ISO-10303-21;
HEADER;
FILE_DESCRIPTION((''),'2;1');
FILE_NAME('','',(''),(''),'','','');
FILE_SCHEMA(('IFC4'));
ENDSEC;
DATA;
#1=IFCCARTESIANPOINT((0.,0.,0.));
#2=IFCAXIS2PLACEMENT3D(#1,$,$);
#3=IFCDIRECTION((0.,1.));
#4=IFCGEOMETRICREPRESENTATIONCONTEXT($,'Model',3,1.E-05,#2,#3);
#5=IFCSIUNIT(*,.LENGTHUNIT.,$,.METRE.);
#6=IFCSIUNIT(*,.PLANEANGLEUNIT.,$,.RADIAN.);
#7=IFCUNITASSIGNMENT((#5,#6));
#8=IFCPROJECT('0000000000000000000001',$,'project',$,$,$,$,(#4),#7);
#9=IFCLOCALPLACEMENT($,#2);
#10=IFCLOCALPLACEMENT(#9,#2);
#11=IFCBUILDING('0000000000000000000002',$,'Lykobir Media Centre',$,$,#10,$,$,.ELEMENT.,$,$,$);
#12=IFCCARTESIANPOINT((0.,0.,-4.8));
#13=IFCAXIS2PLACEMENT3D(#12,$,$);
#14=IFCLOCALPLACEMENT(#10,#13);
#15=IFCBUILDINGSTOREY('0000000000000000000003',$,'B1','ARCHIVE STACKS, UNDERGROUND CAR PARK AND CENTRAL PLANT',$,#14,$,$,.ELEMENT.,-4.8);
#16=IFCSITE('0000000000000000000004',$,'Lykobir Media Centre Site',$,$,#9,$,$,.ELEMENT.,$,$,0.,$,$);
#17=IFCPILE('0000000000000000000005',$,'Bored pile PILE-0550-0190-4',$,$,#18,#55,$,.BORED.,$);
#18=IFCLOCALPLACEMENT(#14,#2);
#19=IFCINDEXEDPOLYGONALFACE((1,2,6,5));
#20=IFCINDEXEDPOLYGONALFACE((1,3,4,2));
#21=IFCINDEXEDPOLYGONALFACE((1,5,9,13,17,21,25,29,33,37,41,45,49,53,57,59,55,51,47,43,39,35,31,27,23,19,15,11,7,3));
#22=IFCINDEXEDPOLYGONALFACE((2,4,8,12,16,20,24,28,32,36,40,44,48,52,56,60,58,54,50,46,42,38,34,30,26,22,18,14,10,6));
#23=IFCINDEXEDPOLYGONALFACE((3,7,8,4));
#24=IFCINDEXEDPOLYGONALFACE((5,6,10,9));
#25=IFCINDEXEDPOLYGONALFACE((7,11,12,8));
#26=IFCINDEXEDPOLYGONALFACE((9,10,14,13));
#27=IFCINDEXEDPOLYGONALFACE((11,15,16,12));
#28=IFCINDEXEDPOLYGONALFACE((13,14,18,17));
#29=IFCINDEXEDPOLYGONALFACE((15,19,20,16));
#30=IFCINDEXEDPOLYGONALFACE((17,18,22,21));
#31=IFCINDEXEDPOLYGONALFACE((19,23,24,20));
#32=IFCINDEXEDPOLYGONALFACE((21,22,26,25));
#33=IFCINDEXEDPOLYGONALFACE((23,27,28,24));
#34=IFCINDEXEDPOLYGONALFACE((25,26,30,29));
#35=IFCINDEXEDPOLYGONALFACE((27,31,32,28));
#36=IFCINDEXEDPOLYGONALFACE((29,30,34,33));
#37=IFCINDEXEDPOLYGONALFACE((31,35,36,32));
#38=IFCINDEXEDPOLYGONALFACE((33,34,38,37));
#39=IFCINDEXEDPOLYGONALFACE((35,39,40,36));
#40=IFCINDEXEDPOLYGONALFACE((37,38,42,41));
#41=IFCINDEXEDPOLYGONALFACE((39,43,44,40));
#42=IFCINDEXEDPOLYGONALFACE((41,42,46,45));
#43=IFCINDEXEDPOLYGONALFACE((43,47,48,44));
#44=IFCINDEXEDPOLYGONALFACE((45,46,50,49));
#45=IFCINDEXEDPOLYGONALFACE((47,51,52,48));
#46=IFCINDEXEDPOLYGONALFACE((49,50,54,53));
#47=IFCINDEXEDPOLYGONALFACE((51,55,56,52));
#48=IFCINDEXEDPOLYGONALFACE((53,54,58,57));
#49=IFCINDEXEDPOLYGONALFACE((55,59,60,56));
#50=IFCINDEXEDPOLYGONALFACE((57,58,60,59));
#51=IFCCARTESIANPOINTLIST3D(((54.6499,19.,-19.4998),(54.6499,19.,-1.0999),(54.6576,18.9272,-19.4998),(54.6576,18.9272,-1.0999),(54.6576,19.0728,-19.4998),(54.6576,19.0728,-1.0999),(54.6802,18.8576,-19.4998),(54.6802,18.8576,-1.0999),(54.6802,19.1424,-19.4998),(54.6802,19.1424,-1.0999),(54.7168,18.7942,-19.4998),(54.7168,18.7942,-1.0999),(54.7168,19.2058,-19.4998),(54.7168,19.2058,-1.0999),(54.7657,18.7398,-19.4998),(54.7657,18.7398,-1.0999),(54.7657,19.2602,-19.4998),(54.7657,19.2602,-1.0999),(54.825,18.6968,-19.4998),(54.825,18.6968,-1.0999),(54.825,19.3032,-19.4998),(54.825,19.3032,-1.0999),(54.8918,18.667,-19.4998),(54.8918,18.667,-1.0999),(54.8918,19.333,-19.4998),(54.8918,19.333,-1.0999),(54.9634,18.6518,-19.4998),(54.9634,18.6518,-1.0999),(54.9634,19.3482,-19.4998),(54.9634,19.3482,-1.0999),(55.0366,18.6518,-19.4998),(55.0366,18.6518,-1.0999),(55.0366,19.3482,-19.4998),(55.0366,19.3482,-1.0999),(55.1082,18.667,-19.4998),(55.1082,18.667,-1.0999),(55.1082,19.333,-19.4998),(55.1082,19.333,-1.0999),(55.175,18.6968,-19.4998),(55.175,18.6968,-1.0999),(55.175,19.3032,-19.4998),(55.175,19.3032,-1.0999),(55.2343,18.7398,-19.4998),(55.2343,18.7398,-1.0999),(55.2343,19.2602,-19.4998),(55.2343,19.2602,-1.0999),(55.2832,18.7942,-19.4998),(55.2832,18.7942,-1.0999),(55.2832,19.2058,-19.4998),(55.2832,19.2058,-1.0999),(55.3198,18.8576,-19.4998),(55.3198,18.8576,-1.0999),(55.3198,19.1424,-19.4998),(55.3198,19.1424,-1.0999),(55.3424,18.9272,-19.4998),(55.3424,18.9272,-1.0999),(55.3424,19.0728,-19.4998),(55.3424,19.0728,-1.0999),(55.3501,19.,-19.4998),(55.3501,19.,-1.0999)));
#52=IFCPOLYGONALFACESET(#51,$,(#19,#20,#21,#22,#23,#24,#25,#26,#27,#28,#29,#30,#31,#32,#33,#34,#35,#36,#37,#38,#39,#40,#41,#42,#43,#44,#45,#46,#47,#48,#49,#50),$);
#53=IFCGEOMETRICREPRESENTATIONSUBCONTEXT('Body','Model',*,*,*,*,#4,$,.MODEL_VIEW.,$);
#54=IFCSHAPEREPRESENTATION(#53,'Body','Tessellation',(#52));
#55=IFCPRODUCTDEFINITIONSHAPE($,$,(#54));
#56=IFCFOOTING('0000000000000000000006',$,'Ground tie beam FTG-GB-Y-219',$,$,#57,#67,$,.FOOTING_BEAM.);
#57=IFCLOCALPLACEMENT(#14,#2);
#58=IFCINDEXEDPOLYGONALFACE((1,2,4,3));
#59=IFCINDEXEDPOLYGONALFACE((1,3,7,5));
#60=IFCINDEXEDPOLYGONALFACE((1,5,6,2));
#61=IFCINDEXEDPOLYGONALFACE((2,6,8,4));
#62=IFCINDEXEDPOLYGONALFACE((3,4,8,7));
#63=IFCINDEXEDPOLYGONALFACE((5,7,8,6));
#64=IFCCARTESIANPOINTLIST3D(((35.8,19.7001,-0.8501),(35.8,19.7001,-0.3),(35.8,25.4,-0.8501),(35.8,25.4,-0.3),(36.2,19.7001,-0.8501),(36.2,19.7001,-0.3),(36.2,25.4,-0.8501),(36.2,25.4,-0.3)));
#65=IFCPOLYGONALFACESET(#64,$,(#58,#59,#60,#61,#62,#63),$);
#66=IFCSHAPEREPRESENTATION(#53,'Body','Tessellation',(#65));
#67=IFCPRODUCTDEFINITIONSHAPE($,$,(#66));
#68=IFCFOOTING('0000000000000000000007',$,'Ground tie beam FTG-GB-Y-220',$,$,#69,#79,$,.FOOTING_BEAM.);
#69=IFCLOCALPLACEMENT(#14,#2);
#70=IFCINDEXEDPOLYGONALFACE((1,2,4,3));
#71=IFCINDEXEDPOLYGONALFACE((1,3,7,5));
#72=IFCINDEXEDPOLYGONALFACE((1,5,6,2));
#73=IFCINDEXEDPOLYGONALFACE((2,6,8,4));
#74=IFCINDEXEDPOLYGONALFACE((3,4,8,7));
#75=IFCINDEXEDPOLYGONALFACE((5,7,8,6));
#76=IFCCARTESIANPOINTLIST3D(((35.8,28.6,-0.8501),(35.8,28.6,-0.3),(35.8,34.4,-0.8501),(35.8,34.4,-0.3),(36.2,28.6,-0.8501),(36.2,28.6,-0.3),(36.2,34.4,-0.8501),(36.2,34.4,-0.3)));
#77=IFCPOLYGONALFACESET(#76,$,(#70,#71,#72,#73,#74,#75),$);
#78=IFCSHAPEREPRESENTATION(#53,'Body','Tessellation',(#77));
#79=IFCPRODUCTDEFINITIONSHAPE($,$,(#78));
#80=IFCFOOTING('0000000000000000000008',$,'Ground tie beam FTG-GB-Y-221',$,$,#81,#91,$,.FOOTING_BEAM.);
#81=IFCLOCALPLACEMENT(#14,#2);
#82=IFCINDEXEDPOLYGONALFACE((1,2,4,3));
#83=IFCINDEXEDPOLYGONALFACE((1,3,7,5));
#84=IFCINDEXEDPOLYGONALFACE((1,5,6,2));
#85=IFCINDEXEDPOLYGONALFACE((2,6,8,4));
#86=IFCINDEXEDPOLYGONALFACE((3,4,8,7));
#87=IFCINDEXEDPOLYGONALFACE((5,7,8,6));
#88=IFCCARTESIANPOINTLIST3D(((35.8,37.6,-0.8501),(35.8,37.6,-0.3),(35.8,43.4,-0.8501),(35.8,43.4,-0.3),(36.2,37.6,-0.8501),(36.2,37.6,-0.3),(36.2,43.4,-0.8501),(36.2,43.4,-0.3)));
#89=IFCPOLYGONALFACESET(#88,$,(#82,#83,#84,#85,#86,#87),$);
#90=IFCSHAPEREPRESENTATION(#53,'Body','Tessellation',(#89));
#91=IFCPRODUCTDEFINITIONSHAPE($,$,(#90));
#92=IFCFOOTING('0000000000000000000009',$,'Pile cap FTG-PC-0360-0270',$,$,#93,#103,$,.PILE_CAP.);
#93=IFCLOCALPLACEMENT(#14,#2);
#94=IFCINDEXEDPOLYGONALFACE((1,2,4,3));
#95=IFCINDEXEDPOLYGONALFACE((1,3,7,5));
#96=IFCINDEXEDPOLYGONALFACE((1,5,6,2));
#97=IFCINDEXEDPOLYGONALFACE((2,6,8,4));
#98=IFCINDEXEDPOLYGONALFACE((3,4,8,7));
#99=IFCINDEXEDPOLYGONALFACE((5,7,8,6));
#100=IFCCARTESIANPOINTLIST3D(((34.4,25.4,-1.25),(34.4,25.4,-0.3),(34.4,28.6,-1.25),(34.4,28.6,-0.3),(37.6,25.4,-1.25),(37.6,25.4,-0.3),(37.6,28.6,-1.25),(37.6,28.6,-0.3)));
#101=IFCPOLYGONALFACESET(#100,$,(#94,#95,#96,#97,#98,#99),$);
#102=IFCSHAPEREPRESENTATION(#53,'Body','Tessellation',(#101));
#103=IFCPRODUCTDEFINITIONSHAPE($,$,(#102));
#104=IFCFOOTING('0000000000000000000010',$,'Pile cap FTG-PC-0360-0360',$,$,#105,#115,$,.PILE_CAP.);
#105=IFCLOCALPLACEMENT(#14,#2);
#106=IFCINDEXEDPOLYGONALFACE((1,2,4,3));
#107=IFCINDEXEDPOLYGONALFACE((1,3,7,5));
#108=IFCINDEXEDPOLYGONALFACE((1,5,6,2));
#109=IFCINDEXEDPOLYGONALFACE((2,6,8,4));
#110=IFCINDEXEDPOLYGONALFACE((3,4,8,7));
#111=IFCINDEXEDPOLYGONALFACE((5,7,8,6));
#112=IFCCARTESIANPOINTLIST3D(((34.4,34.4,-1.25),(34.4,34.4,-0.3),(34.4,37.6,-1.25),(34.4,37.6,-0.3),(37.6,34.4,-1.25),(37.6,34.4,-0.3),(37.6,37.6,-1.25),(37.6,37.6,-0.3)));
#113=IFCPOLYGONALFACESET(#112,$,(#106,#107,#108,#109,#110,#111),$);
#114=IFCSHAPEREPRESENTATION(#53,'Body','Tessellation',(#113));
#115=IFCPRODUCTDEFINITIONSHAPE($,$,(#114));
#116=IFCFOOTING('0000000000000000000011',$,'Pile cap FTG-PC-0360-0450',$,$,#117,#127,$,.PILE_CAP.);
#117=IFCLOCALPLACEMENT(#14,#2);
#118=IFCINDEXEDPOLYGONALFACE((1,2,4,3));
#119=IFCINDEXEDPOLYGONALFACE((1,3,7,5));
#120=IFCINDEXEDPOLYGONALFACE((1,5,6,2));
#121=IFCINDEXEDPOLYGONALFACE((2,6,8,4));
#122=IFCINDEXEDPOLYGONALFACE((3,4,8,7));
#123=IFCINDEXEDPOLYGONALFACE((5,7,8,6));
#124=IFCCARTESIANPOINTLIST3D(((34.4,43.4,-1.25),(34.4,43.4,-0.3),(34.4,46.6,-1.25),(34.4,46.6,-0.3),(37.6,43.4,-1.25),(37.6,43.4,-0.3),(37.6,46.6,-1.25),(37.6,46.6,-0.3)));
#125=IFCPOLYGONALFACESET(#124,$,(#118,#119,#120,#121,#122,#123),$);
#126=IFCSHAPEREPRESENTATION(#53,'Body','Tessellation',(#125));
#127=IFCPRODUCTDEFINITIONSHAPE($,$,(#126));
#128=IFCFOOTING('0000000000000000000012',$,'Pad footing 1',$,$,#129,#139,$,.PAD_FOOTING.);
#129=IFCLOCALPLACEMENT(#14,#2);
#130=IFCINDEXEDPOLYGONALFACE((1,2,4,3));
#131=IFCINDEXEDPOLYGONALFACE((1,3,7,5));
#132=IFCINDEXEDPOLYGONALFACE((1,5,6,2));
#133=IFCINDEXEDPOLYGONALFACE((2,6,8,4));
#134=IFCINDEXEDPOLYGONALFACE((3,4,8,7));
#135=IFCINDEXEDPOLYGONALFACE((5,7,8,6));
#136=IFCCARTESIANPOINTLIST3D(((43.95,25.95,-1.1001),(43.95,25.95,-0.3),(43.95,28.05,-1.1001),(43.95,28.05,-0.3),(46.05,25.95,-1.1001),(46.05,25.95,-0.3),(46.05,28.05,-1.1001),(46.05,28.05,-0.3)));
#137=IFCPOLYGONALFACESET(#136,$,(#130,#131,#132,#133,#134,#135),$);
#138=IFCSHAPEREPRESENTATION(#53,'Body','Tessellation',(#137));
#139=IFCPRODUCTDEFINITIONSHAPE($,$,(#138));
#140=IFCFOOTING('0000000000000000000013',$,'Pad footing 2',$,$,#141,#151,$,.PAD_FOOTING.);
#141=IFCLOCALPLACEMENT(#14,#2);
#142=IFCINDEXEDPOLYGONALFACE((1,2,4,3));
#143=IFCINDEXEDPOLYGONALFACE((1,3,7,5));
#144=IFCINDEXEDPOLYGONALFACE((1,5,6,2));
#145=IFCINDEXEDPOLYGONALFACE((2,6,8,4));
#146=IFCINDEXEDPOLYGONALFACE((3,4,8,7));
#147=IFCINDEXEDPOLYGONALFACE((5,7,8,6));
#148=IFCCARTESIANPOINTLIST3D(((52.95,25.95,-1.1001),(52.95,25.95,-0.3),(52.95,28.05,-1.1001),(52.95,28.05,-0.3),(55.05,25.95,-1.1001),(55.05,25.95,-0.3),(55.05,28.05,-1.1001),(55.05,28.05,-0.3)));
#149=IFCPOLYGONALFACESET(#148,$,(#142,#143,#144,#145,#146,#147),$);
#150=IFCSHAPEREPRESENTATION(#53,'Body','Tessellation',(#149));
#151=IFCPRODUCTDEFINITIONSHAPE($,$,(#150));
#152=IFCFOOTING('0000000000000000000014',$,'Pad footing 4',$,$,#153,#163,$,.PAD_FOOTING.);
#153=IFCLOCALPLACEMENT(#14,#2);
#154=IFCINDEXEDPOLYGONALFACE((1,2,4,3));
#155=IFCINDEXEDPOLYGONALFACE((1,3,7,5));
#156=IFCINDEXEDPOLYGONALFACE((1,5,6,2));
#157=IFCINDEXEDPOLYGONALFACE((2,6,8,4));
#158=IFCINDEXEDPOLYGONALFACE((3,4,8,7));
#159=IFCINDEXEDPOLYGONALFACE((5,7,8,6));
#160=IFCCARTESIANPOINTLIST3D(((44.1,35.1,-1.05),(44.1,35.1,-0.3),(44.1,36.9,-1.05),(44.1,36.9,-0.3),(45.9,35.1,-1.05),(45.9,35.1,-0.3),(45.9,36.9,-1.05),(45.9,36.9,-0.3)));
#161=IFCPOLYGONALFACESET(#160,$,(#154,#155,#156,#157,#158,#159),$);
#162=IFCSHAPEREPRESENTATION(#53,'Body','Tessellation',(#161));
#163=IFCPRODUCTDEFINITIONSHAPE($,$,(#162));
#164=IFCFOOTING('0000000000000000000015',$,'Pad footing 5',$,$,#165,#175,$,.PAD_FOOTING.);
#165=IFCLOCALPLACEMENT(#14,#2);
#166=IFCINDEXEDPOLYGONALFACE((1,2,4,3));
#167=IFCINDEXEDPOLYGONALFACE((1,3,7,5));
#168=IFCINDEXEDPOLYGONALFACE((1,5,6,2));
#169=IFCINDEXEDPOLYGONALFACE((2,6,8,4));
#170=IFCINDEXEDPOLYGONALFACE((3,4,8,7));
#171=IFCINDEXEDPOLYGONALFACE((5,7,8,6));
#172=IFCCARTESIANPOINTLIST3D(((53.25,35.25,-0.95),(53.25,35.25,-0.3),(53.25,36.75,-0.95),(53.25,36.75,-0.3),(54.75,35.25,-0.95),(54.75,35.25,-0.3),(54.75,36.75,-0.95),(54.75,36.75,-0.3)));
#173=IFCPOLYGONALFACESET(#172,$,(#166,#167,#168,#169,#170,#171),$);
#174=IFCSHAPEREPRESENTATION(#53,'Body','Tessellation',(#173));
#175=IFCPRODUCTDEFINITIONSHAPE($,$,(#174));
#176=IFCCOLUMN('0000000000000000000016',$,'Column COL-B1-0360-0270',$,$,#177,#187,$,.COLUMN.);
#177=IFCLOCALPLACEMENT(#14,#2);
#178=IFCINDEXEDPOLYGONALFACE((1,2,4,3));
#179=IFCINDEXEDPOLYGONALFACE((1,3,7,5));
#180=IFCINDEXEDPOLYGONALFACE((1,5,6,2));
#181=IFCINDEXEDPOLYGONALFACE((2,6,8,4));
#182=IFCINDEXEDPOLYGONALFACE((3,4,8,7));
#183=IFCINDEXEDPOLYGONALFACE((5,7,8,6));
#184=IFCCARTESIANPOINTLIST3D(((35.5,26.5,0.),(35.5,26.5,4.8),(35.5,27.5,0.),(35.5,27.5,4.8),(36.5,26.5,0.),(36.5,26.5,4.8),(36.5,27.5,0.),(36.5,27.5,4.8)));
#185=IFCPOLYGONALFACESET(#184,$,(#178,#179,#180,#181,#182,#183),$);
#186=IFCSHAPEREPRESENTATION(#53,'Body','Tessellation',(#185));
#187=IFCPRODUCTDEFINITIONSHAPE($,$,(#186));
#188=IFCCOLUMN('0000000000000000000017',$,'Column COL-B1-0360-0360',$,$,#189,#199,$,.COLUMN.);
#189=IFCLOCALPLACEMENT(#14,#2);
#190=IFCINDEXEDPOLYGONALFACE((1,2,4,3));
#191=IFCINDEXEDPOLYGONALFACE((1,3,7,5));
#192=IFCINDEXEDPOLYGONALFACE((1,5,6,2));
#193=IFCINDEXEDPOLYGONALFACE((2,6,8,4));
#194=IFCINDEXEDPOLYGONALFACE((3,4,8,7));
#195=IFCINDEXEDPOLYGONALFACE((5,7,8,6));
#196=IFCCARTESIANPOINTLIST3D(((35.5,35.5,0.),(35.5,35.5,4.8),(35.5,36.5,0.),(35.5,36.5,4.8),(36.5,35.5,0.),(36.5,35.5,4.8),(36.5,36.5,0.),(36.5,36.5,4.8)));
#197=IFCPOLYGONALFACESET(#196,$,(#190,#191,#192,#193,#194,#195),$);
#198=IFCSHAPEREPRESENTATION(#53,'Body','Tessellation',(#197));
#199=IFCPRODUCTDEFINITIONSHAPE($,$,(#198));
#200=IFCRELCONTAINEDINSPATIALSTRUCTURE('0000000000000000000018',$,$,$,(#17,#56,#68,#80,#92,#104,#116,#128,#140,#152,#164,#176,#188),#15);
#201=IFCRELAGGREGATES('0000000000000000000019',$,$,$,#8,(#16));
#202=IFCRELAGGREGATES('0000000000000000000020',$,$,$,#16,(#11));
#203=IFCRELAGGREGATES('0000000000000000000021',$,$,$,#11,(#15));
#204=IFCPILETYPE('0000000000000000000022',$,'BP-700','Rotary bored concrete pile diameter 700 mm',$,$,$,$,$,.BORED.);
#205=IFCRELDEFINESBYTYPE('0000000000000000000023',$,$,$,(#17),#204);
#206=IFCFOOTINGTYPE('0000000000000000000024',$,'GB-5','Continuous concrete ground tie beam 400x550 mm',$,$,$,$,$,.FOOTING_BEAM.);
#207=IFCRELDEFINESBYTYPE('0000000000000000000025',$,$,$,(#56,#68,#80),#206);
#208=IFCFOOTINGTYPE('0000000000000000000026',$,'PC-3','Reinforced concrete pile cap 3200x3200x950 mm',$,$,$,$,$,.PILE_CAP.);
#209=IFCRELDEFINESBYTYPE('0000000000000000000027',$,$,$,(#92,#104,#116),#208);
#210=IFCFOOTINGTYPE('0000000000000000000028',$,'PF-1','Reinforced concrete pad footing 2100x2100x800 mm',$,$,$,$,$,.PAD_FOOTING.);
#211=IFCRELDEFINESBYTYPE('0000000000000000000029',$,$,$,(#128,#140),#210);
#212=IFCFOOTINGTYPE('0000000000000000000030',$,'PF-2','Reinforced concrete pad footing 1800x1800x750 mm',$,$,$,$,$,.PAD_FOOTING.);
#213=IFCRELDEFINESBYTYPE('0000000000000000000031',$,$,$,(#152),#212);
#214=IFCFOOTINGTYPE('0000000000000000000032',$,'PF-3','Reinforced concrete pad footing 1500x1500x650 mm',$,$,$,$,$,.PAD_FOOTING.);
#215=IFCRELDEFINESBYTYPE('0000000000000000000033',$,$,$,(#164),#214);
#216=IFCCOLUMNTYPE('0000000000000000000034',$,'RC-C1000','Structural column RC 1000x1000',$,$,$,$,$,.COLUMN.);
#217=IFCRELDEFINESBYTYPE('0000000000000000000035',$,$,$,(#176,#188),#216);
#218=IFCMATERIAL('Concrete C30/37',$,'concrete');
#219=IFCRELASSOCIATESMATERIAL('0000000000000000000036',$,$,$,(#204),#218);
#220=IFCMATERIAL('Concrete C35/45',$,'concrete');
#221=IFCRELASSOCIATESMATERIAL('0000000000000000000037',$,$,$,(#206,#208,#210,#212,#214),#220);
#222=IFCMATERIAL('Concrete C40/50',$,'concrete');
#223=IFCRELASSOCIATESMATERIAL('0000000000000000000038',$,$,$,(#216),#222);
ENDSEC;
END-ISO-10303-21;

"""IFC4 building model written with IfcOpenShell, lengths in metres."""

from ifc_helpers import new_model, si_unit, direction, frame, origin, origin_2d, place, context, subcontext, project, spatial, rectangle, circle, extrude, material, material_profile, profile_set, type_object, element, save


model = new_model("IFC4")

# Units and contexts
model_context = context("Model", 3, precision=1e-05, world=origin(), true_north=direction((0.0, 1.0)))
body_context = subcontext(model_context, "Body", "Model", "MODEL_VIEW")
ifc_project = project(units=[si_unit("LENGTHUNIT", "METRE"), si_unit("PLANEANGLEUNIT", "RADIAN")], contexts=[model_context])

# Site, building, storey
site_placement = place(None, origin())
site = spatial("IfcSite", under=ifc_project, at=site_placement, Name="Lykobir Media Centre Site", CompositionType="ELEMENT", RefElevation=0.0)
building_placement = place(site_placement, origin())
building = spatial("IfcBuilding", under=site, at=building_placement, Name="Lykobir Media Centre", CompositionType="ELEMENT")
storey_placement = place(building_placement, frame((0.0, 0.0, -4.8)))
storey = spatial("IfcBuildingStorey", under=building, at=storey_placement, Name="B1", Description="ARCHIVE STACKS, UNDERGROUND CAR PARK AND CENTRAL PLANT", CompositionType="ELEMENT", Elevation=-4.8)

# Pile
ifc_material_1 = material(Name="Concrete C30/37", Category="concrete")
ifc_material_profile_1 = material_profile(ifc_material_1, circle(Radius=0.3501, at=origin_2d()), Name="BORED PILE D700")
ifc_profile_set_1 = profile_set([ifc_material_profile_1], Name="Concrete C30/37")
pile_type_1 = type_object("IfcPileType", Name="BP-700", Description="Rotary bored concrete pile diameter 700 mm", PredefinedType="BORED", material=ifc_profile_set_1)
for number, where, z_axis, x_axis, name in (
    (1, (55.0, 19.0, -1.0999), (0.0, 0.0, -1.0), (1.0, 0.0, 0.0), "Bored pile PILE-0550-0190-4"),
):
    element("IfcPile", number, at=place(storey_placement, frame(where, z_axis=z_axis, x_axis=x_axis)), inside=storey, type_object=pile_type_1, Name=name, PredefinedType="BORED", context=body_context, shape_type="SweptSolid", body=[
        extrude(circle(Radius=0.3501, at=origin_2d()), origin(), (0.0, 0.0, 1.0), 18.3999),
    ])

# Footings
ifc_material_2 = material(Name="Concrete C35/45", Category="concrete")
footing_type_1 = type_object("IfcFootingType", Name="GB-5", Description="Continuous concrete ground tie beam 400x550 mm", PredefinedType="FOOTING_BEAM", material=ifc_material_2)
footing_1_placement = place(storey_placement, frame((36.0, 22.55, -0.8501), z_axis=(0.0, 0.0, 1.0), x_axis=(0.0, 1.0, 0.0)))
element("IfcFooting", 2, at=footing_1_placement, inside=storey, type_object=footing_type_1, Name="Ground tie beam FTG-GB-Y-219", PredefinedType="FOOTING_BEAM", context=body_context, shape_type="SweptSolid", body=[
    extrude(rectangle(XDim=5.7, YDim=0.3999, at=origin_2d()), origin(), (0.0, 0.0, 1.0), 0.55),
])
for number, where, z_axis, x_axis, name in (
    (3, (36.0, 31.5, -0.8501), (0.0, 0.0, 1.0), (0.0, 1.0, 0.0), "Ground tie beam FTG-GB-Y-220"),
    (4, (36.0, 40.5, -0.8501), (0.0, 0.0, 1.0), (0.0, 1.0, 0.0), "Ground tie beam FTG-GB-Y-221"),
):
    element("IfcFooting", number, at=place(storey_placement, frame(where, z_axis=z_axis, x_axis=x_axis)), inside=storey, type_object=footing_type_1, Name=name, PredefinedType="FOOTING_BEAM", context=body_context, shape_type="SweptSolid", body=[
        extrude(rectangle(XDim=5.8, YDim=0.3999, at=origin_2d()), origin(), (0.0, 0.0, 1.0), 0.55),
    ])
footing_type_2 = type_object("IfcFootingType", Name="PC-3", Description="Reinforced concrete pile cap 3200x3200x950 mm", PredefinedType="PILE_CAP", material=ifc_material_2)
for number, where, z_axis, x_axis, name in (
    (5, (36.0, 27.0, -1.25), (0.0, 0.0, 1.0), (1.0, 0.0, 0.0), "Pile cap FTG-PC-0360-0270"),
    (6, (36.0, 36.0, -1.25), (0.0, 0.0, 1.0), (1.0, 0.0, 0.0), "Pile cap FTG-PC-0360-0360"),
    (7, (36.0, 45.0, -1.25), (0.0, 0.0, 1.0), (1.0, 0.0, 0.0), "Pile cap FTG-PC-0360-0450"),
):
    element("IfcFooting", number, at=place(storey_placement, frame(where, z_axis=z_axis, x_axis=x_axis)), inside=storey, type_object=footing_type_2, Name=name, PredefinedType="PILE_CAP", context=body_context, shape_type="SweptSolid", body=[
        extrude(rectangle(XDim=3.2, YDim=3.2, at=origin_2d()), origin(), (0.0, 0.0, 1.0), 0.95),
    ])
footing_type_3 = type_object("IfcFootingType", Name="PF-1", Description="Reinforced concrete pad footing 2100x2100x800 mm", PredefinedType="PAD_FOOTING", material=ifc_material_2)
for number, where, z_axis, x_axis, name in (
    (8, (45.0, 27.0, -1.1001), (0.0, 0.0, 1.0), (1.0, 0.0, 0.0), "Pad footing 1"),
    (9, (54.0, 27.0, -1.1001), (0.0, 0.0, 1.0), (1.0, 0.0, 0.0), "Pad footing 2"),
):
    element("IfcFooting", number, at=place(storey_placement, frame(where, z_axis=z_axis, x_axis=x_axis)), inside=storey, type_object=footing_type_3, Name=name, PredefinedType="PAD_FOOTING", context=body_context, shape_type="SweptSolid", body=[
        extrude(rectangle(XDim=2.1001, YDim=2.1001, at=origin_2d()), origin(), (0.0, 0.0, 1.0), 0.8),
    ])
footing_type_4 = type_object("IfcFootingType", Name="PF-2", Description="Reinforced concrete pad footing 1800x1800x750 mm", PredefinedType="PAD_FOOTING", material=ifc_material_2)
footing_2_placement = place(storey_placement, frame((45.0, 36.0, -1.05), z_axis=(0.0, 0.0, 1.0), x_axis=(1.0, 0.0, 0.0)))
element("IfcFooting", 10, at=footing_2_placement, inside=storey, type_object=footing_type_4, Name="Pad footing 4", PredefinedType="PAD_FOOTING", context=body_context, shape_type="SweptSolid", body=[
    extrude(rectangle(XDim=1.8, YDim=1.8, at=origin_2d()), origin(), (0.0, 0.0, 1.0), 0.75),
])
footing_type_5 = type_object("IfcFootingType", Name="PF-3", Description="Reinforced concrete pad footing 1500x1500x650 mm", PredefinedType="PAD_FOOTING", material=ifc_material_2)
footing_3_placement = place(storey_placement, frame((54.0, 36.0, -0.95), z_axis=(0.0, 0.0, 1.0), x_axis=(1.0, 0.0, 0.0)))
element("IfcFooting", 11, at=footing_3_placement, inside=storey, type_object=footing_type_5, Name="Pad footing 5", PredefinedType="PAD_FOOTING", context=body_context, shape_type="SweptSolid", body=[
    extrude(rectangle(XDim=1.5, YDim=1.5, at=origin_2d()), origin(), (0.0, 0.0, 1.0), 0.6499),
])

# Columns
ifc_material_3 = material(Name="Concrete C40/50", Category="concrete")
ifc_material_profile_2 = material_profile(ifc_material_3, rectangle(XDim=1.0, YDim=1.0, at=origin_2d()), Name="RC 1000x1000")
ifc_profile_set_2 = profile_set([ifc_material_profile_2], Name="Concrete C40/50")
column_type = type_object("IfcColumnType", Name="RC-C1000", Description="Structural column RC 1000x1000", PredefinedType="COLUMN", material=ifc_profile_set_2)
for number, where, z_axis, x_axis, name in (
    (12, (36.0, 27.0, 0.0), (0.0, 0.0, 1.0), (1.0, 0.0, 0.0), "Column COL-B1-0360-0270"),
    (13, (36.0, 36.0, 0.0), (0.0, 0.0, 1.0), (1.0, 0.0, 0.0), "Column COL-B1-0360-0360"),
):
    element("IfcColumn", number, at=place(storey_placement, frame(where, z_axis=z_axis, x_axis=x_axis)), inside=storey, type_object=column_type, Name=name, PredefinedType="COLUMN", context=body_context, shape_type="SweptSolid", body=[
        extrude(rectangle(XDim=1.0, YDim=1.0, at=origin_2d()), origin(), (0.0, 0.0, 1.0), 4.8),
    ])

save(model, "model.ifc")
